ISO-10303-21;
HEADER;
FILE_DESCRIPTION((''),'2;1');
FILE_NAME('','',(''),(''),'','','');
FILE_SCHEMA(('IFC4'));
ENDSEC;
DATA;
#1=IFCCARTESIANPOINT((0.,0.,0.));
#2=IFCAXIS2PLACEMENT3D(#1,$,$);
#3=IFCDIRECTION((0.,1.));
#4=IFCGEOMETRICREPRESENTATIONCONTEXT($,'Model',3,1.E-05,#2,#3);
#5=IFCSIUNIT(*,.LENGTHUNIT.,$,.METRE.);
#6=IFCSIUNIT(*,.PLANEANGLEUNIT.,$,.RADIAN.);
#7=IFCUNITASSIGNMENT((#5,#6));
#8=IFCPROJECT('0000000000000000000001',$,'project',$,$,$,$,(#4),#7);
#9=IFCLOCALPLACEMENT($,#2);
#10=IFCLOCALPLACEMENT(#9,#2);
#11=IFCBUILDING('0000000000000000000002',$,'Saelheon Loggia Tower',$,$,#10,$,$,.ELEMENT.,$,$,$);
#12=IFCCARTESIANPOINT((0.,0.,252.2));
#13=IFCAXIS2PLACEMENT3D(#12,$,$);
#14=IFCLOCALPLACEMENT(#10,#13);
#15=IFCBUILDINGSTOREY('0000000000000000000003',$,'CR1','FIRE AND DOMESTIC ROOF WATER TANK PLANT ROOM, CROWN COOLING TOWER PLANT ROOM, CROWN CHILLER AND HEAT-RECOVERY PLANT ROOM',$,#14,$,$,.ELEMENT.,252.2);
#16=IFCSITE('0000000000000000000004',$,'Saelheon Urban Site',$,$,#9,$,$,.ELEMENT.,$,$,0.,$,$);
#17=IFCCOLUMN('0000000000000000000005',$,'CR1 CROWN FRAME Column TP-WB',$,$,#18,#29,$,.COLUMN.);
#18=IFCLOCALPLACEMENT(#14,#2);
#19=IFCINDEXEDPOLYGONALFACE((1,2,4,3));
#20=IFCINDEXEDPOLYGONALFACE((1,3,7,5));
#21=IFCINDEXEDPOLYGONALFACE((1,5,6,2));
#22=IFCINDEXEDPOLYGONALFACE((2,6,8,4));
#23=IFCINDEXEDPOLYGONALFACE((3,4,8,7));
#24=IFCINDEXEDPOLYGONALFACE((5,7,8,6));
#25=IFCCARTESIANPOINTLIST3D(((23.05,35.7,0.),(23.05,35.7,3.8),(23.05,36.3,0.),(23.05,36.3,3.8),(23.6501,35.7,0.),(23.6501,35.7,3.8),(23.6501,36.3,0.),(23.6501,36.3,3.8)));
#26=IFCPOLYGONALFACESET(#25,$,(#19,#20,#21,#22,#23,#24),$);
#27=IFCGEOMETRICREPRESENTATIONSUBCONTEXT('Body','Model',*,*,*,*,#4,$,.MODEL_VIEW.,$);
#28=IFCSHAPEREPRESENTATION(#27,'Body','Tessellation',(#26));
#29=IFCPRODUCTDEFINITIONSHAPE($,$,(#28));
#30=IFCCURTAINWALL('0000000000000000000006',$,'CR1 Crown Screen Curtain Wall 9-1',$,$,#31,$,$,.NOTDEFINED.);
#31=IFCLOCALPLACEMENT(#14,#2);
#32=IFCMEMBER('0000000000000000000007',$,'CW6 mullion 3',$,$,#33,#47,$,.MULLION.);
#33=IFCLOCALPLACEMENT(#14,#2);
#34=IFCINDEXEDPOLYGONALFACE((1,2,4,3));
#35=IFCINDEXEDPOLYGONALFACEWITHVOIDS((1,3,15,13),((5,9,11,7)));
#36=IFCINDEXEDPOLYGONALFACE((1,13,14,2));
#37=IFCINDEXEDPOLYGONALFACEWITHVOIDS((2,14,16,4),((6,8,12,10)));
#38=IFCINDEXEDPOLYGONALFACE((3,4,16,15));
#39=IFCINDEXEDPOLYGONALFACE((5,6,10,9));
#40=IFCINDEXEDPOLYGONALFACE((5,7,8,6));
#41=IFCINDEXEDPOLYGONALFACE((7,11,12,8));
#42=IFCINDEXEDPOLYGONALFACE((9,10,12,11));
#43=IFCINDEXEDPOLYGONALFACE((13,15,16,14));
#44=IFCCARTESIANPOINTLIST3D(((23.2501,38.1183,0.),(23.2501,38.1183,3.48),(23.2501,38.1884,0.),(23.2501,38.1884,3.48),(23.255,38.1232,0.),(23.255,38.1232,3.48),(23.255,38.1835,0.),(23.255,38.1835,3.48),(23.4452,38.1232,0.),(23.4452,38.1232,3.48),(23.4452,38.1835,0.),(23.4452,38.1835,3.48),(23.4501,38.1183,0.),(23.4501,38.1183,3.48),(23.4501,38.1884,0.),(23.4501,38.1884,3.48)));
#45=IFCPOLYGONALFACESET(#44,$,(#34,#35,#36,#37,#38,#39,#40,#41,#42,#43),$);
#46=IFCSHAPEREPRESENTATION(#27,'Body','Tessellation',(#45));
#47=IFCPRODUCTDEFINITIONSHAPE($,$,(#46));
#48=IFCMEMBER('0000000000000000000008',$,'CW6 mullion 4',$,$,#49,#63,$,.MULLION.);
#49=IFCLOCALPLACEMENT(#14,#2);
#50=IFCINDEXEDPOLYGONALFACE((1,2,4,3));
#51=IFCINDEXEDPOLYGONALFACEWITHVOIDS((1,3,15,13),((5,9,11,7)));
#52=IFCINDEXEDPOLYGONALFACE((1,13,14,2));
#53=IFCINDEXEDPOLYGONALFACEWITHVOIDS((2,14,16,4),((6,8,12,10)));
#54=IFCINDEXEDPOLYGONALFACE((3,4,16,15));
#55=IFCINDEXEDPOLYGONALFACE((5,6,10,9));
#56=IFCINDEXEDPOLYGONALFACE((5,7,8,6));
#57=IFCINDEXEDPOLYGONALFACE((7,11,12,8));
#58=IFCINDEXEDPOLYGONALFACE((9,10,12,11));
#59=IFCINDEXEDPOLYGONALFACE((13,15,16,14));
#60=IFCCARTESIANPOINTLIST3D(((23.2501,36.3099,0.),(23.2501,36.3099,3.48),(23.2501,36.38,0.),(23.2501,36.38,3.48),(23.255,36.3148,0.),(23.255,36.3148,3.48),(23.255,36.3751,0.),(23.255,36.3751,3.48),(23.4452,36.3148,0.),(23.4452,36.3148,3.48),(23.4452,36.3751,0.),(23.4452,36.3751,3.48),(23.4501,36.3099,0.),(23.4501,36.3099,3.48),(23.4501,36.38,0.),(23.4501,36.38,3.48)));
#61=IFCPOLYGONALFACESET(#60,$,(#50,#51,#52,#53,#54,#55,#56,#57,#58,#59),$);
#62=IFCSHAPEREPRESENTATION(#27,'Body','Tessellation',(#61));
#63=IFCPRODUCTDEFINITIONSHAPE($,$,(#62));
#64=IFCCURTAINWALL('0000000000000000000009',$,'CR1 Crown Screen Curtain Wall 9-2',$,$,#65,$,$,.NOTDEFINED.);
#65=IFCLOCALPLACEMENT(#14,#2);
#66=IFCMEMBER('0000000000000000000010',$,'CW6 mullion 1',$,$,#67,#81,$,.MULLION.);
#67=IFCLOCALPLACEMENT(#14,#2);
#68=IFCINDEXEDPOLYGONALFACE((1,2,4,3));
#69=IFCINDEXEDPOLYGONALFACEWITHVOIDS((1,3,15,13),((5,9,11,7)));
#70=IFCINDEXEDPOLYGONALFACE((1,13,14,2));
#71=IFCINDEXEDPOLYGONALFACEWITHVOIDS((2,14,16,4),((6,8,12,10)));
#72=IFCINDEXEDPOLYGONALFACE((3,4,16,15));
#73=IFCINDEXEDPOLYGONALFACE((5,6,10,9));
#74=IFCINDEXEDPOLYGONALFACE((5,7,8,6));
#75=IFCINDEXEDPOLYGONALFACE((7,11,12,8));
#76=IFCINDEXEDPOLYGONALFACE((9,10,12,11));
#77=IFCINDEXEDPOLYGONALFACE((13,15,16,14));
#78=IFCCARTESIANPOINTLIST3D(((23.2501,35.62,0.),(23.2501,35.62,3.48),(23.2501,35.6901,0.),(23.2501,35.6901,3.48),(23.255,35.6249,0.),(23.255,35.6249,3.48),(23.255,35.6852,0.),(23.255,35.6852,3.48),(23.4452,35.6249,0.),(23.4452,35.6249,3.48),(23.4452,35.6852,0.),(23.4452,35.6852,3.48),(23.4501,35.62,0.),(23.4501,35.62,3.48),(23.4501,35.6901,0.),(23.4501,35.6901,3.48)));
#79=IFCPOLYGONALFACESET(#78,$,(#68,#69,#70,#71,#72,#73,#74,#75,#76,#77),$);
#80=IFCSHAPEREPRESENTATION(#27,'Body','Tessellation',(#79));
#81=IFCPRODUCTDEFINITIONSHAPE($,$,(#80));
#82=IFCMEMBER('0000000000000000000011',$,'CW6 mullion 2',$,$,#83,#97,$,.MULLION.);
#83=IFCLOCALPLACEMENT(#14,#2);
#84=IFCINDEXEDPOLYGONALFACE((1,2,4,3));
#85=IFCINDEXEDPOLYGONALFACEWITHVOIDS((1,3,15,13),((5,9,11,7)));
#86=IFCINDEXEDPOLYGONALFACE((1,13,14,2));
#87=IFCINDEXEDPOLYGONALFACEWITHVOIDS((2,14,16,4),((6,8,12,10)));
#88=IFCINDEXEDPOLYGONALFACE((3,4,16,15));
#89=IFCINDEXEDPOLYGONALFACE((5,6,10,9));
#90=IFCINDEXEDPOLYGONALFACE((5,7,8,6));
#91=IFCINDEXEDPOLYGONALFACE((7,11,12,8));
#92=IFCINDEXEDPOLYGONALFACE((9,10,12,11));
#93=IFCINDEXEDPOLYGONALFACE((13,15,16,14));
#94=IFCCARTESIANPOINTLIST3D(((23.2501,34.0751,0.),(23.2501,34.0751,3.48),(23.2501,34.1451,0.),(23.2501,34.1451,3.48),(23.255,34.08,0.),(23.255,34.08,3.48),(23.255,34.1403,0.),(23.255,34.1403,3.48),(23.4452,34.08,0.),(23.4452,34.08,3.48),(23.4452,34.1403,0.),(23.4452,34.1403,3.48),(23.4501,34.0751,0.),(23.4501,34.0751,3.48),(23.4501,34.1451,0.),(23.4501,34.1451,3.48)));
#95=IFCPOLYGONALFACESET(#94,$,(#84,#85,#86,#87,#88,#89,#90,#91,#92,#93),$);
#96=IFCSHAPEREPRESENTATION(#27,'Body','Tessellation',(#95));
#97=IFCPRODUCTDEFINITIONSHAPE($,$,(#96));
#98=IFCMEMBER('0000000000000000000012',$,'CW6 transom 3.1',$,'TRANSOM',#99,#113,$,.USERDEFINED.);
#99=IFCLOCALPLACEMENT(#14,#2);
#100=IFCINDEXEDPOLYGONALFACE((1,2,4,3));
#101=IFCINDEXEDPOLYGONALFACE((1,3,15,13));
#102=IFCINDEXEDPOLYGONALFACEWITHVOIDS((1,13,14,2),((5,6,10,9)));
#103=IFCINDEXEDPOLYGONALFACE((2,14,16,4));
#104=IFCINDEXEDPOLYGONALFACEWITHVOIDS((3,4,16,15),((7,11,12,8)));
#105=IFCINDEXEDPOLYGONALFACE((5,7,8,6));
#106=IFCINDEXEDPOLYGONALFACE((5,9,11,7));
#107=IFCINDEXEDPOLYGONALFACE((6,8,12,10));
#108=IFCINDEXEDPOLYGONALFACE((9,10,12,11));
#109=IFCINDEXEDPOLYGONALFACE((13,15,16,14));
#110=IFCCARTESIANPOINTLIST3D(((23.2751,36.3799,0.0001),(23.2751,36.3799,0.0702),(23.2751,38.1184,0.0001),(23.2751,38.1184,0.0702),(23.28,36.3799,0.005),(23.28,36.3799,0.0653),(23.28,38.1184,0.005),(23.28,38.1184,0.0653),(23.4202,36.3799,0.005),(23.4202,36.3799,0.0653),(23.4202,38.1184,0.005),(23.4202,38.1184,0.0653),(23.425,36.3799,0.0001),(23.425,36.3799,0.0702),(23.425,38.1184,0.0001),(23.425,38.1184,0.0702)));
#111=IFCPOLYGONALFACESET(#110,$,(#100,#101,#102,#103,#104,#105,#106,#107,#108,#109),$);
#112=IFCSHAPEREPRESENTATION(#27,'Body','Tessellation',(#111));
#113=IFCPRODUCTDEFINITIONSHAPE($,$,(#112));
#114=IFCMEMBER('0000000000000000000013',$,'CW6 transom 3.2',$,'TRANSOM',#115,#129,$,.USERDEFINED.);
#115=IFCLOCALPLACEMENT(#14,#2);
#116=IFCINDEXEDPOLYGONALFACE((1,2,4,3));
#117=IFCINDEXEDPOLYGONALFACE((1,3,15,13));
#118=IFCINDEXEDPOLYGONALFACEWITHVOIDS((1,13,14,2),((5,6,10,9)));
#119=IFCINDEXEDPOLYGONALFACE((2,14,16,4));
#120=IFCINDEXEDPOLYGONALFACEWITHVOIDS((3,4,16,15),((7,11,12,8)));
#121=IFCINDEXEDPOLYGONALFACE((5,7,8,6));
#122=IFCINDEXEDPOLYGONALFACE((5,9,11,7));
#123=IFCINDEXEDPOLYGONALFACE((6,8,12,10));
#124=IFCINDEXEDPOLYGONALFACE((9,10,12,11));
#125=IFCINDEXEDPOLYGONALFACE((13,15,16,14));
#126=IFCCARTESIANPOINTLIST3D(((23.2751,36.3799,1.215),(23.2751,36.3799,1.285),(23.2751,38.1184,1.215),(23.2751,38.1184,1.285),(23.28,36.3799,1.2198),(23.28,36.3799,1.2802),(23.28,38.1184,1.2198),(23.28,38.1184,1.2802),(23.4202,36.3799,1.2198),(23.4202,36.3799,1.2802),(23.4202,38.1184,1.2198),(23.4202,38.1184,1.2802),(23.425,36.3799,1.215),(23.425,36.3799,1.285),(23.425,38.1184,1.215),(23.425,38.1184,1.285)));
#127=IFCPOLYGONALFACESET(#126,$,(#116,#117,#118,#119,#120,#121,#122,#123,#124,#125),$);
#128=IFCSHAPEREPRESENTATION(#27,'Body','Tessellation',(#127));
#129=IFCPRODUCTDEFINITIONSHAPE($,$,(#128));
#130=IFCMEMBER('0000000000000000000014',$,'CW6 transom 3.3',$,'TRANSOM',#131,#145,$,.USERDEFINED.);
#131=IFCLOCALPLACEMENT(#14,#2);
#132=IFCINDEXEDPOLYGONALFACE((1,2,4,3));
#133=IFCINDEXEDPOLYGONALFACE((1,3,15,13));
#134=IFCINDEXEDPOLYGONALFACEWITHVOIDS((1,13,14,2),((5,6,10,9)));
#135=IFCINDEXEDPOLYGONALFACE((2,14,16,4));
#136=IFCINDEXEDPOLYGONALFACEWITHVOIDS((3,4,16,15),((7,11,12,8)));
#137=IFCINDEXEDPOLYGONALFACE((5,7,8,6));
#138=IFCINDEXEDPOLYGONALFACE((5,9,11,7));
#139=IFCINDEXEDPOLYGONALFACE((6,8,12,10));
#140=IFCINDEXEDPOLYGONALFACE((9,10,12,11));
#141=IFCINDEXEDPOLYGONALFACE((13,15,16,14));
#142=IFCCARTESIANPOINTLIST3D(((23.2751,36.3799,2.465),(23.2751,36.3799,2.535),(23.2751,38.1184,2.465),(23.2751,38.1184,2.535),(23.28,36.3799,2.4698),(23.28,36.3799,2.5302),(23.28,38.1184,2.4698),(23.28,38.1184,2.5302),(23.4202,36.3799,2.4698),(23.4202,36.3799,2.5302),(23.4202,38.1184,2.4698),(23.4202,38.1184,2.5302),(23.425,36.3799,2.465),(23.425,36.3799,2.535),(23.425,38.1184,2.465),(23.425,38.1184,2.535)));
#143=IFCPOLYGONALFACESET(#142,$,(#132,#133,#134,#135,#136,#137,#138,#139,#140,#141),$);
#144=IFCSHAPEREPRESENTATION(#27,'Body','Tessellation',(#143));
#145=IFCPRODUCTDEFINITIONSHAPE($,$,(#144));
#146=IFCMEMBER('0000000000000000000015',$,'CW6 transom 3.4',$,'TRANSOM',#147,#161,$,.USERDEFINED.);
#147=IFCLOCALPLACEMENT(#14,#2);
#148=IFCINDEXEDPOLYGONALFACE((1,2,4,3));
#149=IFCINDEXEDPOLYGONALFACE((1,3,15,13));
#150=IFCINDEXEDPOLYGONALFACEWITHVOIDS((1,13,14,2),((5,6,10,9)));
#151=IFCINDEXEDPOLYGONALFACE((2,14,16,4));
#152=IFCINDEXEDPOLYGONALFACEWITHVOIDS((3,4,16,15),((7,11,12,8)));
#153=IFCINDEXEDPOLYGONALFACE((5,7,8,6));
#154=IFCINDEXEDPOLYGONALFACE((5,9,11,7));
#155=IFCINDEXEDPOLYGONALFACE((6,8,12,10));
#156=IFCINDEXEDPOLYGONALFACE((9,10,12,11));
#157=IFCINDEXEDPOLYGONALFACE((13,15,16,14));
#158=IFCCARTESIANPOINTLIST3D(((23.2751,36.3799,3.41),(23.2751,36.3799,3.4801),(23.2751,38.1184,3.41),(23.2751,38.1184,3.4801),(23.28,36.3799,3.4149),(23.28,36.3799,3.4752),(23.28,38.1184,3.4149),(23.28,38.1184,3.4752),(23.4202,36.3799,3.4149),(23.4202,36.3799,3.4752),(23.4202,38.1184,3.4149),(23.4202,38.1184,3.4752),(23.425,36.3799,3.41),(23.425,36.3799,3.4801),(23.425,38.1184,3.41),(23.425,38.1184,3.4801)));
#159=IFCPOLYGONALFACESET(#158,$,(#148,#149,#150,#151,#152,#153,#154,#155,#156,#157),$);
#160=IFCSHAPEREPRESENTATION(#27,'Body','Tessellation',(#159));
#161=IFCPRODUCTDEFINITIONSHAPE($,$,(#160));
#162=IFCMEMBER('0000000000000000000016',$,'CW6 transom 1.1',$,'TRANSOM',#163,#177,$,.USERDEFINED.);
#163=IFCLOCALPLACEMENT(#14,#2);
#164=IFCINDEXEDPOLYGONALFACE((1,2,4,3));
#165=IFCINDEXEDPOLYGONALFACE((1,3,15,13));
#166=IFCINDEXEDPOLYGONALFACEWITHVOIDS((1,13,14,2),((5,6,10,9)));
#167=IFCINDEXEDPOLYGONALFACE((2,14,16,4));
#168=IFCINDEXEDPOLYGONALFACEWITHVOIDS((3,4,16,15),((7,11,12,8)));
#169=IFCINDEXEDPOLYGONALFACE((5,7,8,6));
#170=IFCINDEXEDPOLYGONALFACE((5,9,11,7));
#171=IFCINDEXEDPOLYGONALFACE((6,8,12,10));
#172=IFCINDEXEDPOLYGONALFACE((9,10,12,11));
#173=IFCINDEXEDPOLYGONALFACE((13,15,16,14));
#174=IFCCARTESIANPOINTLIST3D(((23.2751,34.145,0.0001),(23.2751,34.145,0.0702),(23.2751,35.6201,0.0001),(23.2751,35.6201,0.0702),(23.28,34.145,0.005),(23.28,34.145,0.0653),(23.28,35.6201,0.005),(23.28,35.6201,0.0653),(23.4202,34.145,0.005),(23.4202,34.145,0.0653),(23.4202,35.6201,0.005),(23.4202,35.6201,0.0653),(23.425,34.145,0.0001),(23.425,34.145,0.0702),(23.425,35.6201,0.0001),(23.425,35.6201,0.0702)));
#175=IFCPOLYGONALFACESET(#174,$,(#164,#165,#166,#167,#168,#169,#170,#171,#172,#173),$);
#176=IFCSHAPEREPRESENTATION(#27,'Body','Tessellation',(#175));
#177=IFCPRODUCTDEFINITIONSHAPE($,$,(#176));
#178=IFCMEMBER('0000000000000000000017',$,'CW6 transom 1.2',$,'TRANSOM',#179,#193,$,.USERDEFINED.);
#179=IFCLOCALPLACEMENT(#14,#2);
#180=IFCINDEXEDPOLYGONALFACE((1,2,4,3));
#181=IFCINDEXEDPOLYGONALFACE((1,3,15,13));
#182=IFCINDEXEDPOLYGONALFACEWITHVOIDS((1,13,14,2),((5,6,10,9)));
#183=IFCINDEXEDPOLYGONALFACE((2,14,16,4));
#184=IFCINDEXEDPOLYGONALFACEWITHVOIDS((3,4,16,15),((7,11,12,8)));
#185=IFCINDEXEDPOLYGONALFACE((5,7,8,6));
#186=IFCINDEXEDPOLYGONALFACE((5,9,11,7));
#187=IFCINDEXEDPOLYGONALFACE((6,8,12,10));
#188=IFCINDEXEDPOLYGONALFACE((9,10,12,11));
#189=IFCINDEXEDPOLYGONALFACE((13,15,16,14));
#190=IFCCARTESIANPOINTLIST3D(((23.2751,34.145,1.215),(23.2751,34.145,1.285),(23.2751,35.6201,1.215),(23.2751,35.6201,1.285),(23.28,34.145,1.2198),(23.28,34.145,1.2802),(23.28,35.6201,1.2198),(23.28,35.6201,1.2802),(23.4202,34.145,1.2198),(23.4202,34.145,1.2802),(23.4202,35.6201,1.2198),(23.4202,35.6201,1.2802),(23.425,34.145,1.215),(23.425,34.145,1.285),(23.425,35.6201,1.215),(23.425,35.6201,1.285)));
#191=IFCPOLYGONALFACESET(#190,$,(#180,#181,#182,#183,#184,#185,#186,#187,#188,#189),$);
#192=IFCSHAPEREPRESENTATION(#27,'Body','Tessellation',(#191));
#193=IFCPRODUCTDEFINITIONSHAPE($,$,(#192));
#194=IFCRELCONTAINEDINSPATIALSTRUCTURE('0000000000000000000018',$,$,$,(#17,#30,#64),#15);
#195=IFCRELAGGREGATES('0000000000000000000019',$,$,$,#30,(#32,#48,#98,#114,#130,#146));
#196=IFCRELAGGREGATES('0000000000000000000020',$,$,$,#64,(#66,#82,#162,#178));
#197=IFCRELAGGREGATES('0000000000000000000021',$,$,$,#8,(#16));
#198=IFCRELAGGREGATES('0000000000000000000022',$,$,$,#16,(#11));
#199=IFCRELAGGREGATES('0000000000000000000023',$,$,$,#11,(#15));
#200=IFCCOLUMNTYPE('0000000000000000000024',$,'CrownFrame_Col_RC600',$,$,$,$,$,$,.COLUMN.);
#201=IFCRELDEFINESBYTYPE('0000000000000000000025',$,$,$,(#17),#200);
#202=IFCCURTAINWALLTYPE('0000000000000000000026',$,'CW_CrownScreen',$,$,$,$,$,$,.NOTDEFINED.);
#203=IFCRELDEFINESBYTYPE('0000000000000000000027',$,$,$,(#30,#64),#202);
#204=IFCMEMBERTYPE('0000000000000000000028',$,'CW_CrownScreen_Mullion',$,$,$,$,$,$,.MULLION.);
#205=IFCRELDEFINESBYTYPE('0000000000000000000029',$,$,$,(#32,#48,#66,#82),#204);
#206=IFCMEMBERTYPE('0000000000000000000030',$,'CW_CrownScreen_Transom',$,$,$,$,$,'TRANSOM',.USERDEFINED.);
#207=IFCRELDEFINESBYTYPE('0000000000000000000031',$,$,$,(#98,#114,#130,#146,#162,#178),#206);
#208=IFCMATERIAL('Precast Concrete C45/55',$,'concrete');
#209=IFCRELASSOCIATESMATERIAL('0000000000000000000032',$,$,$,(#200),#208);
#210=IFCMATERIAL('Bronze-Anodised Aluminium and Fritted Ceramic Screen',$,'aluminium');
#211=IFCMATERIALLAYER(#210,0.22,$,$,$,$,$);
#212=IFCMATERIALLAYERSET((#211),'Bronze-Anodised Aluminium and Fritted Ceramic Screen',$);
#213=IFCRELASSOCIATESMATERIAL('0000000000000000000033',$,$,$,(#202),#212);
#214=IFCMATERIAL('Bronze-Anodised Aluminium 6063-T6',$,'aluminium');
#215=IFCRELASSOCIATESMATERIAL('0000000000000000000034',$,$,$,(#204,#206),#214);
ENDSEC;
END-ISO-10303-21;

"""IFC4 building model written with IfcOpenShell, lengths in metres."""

from ifc_helpers import new_model, si_unit, direction, frame, origin, origin_2d, place, context, subcontext, project, spatial, rectangle, hollow_rectangle, extrude, source, transform, mapped, material, layer, layer_set, material_profile, profile_set, type_object, element, aggregate, save


model = new_model("IFC4")

# Units and contexts
model_context = context("Model", 3, precision=1e-05, world=origin(), true_north=direction((0.0, 1.0)))
body_context = subcontext(model_context, "Body", "Model", "MODEL_VIEW")
ifc_project = project(units=[si_unit("LENGTHUNIT", "METRE"), si_unit("PLANEANGLEUNIT", "RADIAN")], contexts=[model_context])

# Site, building, storey
site_placement = place(None, origin())
site = spatial("IfcSite", under=ifc_project, at=site_placement, Name="Saelheon Urban Site", CompositionType="ELEMENT", RefElevation=0.0)
building_placement = place(site_placement, origin())
building = spatial("IfcBuilding", under=site, at=building_placement, Name="Saelheon Loggia Tower", CompositionType="ELEMENT")
storey_placement = place(building_placement, frame((0.0, 0.0, 252.2)))
storey = spatial("IfcBuildingStorey", under=building, at=storey_placement, Name="CR1", Description="FIRE AND DOMESTIC ROOF WATER TANK PLANT ROOM, CROWN COOLING TOWER PLANT ROOM, CROWN CHILLER AND HEAT-RECOVERY PLANT ROOM", CompositionType="ELEMENT", Elevation=252.2)

# Column
ifc_material_1 = material(Name="Precast Concrete C45/55", Category="concrete")
ifc_material_profile_1 = material_profile(ifc_material_1, rectangle(XDim=0.6001, YDim=0.6001, at=origin_2d()), Name="RC-600x600")
ifc_profile_set_1 = profile_set([ifc_material_profile_1], Name="Precast Concrete C45/55")
column_type = type_object("IfcColumnType", Name="CrownFrame_Col_RC600", PredefinedType="COLUMN", material=ifc_profile_set_1)
shared_shape_1 = source(origin(), body_context, "Body", "SweptSolid", [
    extrude(rectangle(XDim=0.6001, YDim=0.6001, at=origin_2d()), origin(), (0.0, 0.0, 1.0), 3.8),
])
column_placement = place(storey_placement, frame((23.3501, 36.0, 0.0), z_axis=(0.0, 0.0, 1.0), x_axis=(1.0, 0.0, 0.0)))
element("IfcColumn", 1, at=column_placement, inside=storey, type_object=column_type, Name="CR1 CROWN FRAME Column TP-WB", PredefinedType="COLUMN", context=body_context, shape_type="MappedRepresentation", body=[
    mapped(shared_shape_1, transform((0.0, 0.0, 0.0), scale=1.0)),
])

# Curtain walls, members
ifc_material_2 = material(Name="Bronze-Anodised Aluminium and Fritted Ceramic Screen", Category="aluminium")
ifc_layer_1 = layer(ifc_material_2, 0.22)
ifc_layer_set_1 = layer_set([ifc_layer_1], Name="Bronze-Anodised Aluminium and Fritted Ceramic Screen")
curtain_wall_type = type_object("IfcCurtainWallType", Name="CW_CrownScreen", PredefinedType="NOTDEFINED", material=ifc_layer_set_1)
curtain_wall_1_placement = place(storey_placement, origin())
curtain_wall_1 = element("IfcCurtainWall", 2, at=curtain_wall_1_placement, inside=storey, type_object=curtain_wall_type, Name="CR1 Crown Screen Curtain Wall 9-1", PredefinedType="NOTDEFINED")
ifc_material_3 = material(Name="Bronze-Anodised Aluminium 6063-T6", Category="aluminium")
ifc_material_profile_2 = material_profile(ifc_material_3, hollow_rectangle(XDim=0.0701, YDim=0.2, WallThickness=0.0049, at=origin_2d()), Name="RHS-200x70x5")
ifc_profile_set_2 = profile_set([ifc_material_profile_2], Name="Bronze-Anodised Aluminium 6063-T6")
member_type_1 = type_object("IfcMemberType", Name="CW_CrownScreen_Mullion", PredefinedType="MULLION", material=ifc_profile_set_2)
shared_shape_2 = source(origin(), body_context, "Body", "SweptSolid", [
    extrude(hollow_rectangle(XDim=0.0701, YDim=0.2, WallThickness=0.0049, at=origin_2d()), origin(), (0.0, 0.0, 1.0), 3.48),
])
member_1_placement = place(storey_placement, frame((23.3501, 38.1533, 0.0), z_axis=(0.0, 0.0, 1.0), x_axis=(0.0, -1.0, 0.0)))
member_1 = element("IfcMember", 3, at=member_1_placement, type_object=member_type_1, Name="CW6 mullion 3", PredefinedType="MULLION", context=body_context, shape_type="MappedRepresentation", body=[
    mapped(shared_shape_2, transform((0.0, 0.0, 0.0), scale=1.0)),
])
member_2_placement = place(storey_placement, frame((23.3501, 36.345, 0.0), z_axis=(0.0, 0.0, 1.0), x_axis=(0.0, -1.0, 0.0)))
member_2 = element("IfcMember", 4, at=member_2_placement, type_object=member_type_1, Name="CW6 mullion 4", PredefinedType="MULLION", context=body_context, shape_type="MappedRepresentation", body=[
    mapped(shared_shape_2, transform((0.0, 0.0, 0.0), scale=1.0)),
])
curtain_wall_2_placement = place(storey_placement, origin())
curtain_wall_2 = element("IfcCurtainWall", 5, at=curtain_wall_2_placement, inside=storey, type_object=curtain_wall_type, Name="CR1 Crown Screen Curtain Wall 9-2", PredefinedType="NOTDEFINED")
member_3_placement = place(storey_placement, frame((23.3501, 35.655, 0.0), z_axis=(0.0, 0.0, 1.0), x_axis=(0.0, -1.0, 0.0)))
member_3 = element("IfcMember", 6, at=member_3_placement, type_object=member_type_1, Name="CW6 mullion 1", PredefinedType="MULLION", context=body_context, shape_type="MappedRepresentation", body=[
    mapped(shared_shape_2, transform((0.0, 0.0, 0.0), scale=1.0)),
])
member_4_placement = place(storey_placement, frame((23.3501, 34.1101, 0.0), z_axis=(0.0, 0.0, 1.0), x_axis=(0.0, -1.0, 0.0)))
member_4 = element("IfcMember", 7, at=member_4_placement, type_object=member_type_1, Name="CW6 mullion 2", PredefinedType="MULLION", context=body_context, shape_type="MappedRepresentation", body=[
    mapped(shared_shape_2, transform((0.0, 0.0, 0.0), scale=1.0)),
])

# Members
ifc_material_profile_3 = material_profile(ifc_material_3, hollow_rectangle(XDim=0.0701, YDim=0.1499, WallThickness=0.0049, at=origin_2d()), Name="RHS-150x70x5")
ifc_profile_set_3 = profile_set([ifc_material_profile_3], Name="Bronze-Anodised Aluminium 6063-T6")
member_type_2 = type_object("IfcMemberType", Name="CW_CrownScreen_Transom", ElementType="TRANSOM", PredefinedType="USERDEFINED", material=ifc_profile_set_3)
shared_shape_3 = source(origin(), body_context, "Body", "SweptSolid", [
    extrude(hollow_rectangle(XDim=0.0701, YDim=0.1499, WallThickness=0.0049, at=origin_2d()), origin(), (0.0, 0.0, 1.0), 1.7385),
])
member_5_placement = place(storey_placement, frame((23.3501, 38.1184, 0.0352), z_axis=(0.0, -1.0, 0.0), x_axis=(0.0, 0.0, 1.0)))
member_5 = element("IfcMember", 8, at=member_5_placement, type_object=member_type_2, Name="CW6 transom 3.1", ObjectType="TRANSOM", PredefinedType="USERDEFINED", context=body_context, shape_type="MappedRepresentation", body=[
    mapped(shared_shape_3, transform((0.0, 0.0, 0.0), scale=1.0)),
])
member_6_placement = place(storey_placement, frame((23.3501, 38.1184, 1.25), z_axis=(0.0, -1.0, 0.0), x_axis=(0.0, 0.0, 1.0)))
member_6 = element("IfcMember", 9, at=member_6_placement, type_object=member_type_2, Name="CW6 transom 3.2", ObjectType="TRANSOM", PredefinedType="USERDEFINED", context=body_context, shape_type="MappedRepresentation", body=[
    mapped(shared_shape_3, transform((0.0, 0.0, 0.0), scale=1.0)),
])
member_7_placement = place(storey_placement, frame((23.3501, 38.1184, 2.5), z_axis=(0.0, -1.0, 0.0), x_axis=(0.0, 0.0, 1.0)))
member_7 = element("IfcMember", 10, at=member_7_placement, type_object=member_type_2, Name="CW6 transom 3.3", ObjectType="TRANSOM", PredefinedType="USERDEFINED", context=body_context, shape_type="MappedRepresentation", body=[
    mapped(shared_shape_3, transform((0.0, 0.0, 0.0), scale=1.0)),
])
member_8_placement = place(storey_placement, frame((23.3501, 38.1184, 3.4451), z_axis=(0.0, -1.0, 0.0), x_axis=(0.0, 0.0, 1.0)))
member_8 = element("IfcMember", 11, at=member_8_placement, type_object=member_type_2, Name="CW6 transom 3.4", ObjectType="TRANSOM", PredefinedType="USERDEFINED", context=body_context, shape_type="MappedRepresentation", body=[
    mapped(shared_shape_3, transform((0.0, 0.0, 0.0), scale=1.0)),
])
shared_shape_4 = source(origin(), body_context, "Body", "SweptSolid", [
    extrude(hollow_rectangle(XDim=0.0701, YDim=0.1499, WallThickness=0.0049, at=origin_2d()), origin(), (0.0, 0.0, 1.0), 1.4751),
])
member_9_placement = place(storey_placement, frame((23.3501, 35.6201, 0.0352), z_axis=(0.0, -1.0, 0.0), x_axis=(0.0, 0.0, 1.0)))
member_9 = element("IfcMember", 12, at=member_9_placement, type_object=member_type_2, Name="CW6 transom 1.1", ObjectType="TRANSOM", PredefinedType="USERDEFINED", context=body_context, shape_type="MappedRepresentation", body=[
    mapped(shared_shape_4, transform((0.0, 0.0, 0.0), scale=1.0)),
])
member_10_placement = place(storey_placement, frame((23.3501, 35.6201, 1.25), z_axis=(0.0, -1.0, 0.0), x_axis=(0.0, 0.0, 1.0)))
member_10 = element("IfcMember", 13, at=member_10_placement, type_object=member_type_2, Name="CW6 transom 1.2", ObjectType="TRANSOM", PredefinedType="USERDEFINED", context=body_context, shape_type="MappedRepresentation", body=[
    mapped(shared_shape_4, transform((0.0, 0.0, 0.0), scale=1.0)),
])

aggregate(curtain_wall_1, [member_1, member_2, member_5, member_6, member_7, member_8])
aggregate(curtain_wall_2, [member_3, member_4, member_9, member_10])

save(model, "model.ifc")
